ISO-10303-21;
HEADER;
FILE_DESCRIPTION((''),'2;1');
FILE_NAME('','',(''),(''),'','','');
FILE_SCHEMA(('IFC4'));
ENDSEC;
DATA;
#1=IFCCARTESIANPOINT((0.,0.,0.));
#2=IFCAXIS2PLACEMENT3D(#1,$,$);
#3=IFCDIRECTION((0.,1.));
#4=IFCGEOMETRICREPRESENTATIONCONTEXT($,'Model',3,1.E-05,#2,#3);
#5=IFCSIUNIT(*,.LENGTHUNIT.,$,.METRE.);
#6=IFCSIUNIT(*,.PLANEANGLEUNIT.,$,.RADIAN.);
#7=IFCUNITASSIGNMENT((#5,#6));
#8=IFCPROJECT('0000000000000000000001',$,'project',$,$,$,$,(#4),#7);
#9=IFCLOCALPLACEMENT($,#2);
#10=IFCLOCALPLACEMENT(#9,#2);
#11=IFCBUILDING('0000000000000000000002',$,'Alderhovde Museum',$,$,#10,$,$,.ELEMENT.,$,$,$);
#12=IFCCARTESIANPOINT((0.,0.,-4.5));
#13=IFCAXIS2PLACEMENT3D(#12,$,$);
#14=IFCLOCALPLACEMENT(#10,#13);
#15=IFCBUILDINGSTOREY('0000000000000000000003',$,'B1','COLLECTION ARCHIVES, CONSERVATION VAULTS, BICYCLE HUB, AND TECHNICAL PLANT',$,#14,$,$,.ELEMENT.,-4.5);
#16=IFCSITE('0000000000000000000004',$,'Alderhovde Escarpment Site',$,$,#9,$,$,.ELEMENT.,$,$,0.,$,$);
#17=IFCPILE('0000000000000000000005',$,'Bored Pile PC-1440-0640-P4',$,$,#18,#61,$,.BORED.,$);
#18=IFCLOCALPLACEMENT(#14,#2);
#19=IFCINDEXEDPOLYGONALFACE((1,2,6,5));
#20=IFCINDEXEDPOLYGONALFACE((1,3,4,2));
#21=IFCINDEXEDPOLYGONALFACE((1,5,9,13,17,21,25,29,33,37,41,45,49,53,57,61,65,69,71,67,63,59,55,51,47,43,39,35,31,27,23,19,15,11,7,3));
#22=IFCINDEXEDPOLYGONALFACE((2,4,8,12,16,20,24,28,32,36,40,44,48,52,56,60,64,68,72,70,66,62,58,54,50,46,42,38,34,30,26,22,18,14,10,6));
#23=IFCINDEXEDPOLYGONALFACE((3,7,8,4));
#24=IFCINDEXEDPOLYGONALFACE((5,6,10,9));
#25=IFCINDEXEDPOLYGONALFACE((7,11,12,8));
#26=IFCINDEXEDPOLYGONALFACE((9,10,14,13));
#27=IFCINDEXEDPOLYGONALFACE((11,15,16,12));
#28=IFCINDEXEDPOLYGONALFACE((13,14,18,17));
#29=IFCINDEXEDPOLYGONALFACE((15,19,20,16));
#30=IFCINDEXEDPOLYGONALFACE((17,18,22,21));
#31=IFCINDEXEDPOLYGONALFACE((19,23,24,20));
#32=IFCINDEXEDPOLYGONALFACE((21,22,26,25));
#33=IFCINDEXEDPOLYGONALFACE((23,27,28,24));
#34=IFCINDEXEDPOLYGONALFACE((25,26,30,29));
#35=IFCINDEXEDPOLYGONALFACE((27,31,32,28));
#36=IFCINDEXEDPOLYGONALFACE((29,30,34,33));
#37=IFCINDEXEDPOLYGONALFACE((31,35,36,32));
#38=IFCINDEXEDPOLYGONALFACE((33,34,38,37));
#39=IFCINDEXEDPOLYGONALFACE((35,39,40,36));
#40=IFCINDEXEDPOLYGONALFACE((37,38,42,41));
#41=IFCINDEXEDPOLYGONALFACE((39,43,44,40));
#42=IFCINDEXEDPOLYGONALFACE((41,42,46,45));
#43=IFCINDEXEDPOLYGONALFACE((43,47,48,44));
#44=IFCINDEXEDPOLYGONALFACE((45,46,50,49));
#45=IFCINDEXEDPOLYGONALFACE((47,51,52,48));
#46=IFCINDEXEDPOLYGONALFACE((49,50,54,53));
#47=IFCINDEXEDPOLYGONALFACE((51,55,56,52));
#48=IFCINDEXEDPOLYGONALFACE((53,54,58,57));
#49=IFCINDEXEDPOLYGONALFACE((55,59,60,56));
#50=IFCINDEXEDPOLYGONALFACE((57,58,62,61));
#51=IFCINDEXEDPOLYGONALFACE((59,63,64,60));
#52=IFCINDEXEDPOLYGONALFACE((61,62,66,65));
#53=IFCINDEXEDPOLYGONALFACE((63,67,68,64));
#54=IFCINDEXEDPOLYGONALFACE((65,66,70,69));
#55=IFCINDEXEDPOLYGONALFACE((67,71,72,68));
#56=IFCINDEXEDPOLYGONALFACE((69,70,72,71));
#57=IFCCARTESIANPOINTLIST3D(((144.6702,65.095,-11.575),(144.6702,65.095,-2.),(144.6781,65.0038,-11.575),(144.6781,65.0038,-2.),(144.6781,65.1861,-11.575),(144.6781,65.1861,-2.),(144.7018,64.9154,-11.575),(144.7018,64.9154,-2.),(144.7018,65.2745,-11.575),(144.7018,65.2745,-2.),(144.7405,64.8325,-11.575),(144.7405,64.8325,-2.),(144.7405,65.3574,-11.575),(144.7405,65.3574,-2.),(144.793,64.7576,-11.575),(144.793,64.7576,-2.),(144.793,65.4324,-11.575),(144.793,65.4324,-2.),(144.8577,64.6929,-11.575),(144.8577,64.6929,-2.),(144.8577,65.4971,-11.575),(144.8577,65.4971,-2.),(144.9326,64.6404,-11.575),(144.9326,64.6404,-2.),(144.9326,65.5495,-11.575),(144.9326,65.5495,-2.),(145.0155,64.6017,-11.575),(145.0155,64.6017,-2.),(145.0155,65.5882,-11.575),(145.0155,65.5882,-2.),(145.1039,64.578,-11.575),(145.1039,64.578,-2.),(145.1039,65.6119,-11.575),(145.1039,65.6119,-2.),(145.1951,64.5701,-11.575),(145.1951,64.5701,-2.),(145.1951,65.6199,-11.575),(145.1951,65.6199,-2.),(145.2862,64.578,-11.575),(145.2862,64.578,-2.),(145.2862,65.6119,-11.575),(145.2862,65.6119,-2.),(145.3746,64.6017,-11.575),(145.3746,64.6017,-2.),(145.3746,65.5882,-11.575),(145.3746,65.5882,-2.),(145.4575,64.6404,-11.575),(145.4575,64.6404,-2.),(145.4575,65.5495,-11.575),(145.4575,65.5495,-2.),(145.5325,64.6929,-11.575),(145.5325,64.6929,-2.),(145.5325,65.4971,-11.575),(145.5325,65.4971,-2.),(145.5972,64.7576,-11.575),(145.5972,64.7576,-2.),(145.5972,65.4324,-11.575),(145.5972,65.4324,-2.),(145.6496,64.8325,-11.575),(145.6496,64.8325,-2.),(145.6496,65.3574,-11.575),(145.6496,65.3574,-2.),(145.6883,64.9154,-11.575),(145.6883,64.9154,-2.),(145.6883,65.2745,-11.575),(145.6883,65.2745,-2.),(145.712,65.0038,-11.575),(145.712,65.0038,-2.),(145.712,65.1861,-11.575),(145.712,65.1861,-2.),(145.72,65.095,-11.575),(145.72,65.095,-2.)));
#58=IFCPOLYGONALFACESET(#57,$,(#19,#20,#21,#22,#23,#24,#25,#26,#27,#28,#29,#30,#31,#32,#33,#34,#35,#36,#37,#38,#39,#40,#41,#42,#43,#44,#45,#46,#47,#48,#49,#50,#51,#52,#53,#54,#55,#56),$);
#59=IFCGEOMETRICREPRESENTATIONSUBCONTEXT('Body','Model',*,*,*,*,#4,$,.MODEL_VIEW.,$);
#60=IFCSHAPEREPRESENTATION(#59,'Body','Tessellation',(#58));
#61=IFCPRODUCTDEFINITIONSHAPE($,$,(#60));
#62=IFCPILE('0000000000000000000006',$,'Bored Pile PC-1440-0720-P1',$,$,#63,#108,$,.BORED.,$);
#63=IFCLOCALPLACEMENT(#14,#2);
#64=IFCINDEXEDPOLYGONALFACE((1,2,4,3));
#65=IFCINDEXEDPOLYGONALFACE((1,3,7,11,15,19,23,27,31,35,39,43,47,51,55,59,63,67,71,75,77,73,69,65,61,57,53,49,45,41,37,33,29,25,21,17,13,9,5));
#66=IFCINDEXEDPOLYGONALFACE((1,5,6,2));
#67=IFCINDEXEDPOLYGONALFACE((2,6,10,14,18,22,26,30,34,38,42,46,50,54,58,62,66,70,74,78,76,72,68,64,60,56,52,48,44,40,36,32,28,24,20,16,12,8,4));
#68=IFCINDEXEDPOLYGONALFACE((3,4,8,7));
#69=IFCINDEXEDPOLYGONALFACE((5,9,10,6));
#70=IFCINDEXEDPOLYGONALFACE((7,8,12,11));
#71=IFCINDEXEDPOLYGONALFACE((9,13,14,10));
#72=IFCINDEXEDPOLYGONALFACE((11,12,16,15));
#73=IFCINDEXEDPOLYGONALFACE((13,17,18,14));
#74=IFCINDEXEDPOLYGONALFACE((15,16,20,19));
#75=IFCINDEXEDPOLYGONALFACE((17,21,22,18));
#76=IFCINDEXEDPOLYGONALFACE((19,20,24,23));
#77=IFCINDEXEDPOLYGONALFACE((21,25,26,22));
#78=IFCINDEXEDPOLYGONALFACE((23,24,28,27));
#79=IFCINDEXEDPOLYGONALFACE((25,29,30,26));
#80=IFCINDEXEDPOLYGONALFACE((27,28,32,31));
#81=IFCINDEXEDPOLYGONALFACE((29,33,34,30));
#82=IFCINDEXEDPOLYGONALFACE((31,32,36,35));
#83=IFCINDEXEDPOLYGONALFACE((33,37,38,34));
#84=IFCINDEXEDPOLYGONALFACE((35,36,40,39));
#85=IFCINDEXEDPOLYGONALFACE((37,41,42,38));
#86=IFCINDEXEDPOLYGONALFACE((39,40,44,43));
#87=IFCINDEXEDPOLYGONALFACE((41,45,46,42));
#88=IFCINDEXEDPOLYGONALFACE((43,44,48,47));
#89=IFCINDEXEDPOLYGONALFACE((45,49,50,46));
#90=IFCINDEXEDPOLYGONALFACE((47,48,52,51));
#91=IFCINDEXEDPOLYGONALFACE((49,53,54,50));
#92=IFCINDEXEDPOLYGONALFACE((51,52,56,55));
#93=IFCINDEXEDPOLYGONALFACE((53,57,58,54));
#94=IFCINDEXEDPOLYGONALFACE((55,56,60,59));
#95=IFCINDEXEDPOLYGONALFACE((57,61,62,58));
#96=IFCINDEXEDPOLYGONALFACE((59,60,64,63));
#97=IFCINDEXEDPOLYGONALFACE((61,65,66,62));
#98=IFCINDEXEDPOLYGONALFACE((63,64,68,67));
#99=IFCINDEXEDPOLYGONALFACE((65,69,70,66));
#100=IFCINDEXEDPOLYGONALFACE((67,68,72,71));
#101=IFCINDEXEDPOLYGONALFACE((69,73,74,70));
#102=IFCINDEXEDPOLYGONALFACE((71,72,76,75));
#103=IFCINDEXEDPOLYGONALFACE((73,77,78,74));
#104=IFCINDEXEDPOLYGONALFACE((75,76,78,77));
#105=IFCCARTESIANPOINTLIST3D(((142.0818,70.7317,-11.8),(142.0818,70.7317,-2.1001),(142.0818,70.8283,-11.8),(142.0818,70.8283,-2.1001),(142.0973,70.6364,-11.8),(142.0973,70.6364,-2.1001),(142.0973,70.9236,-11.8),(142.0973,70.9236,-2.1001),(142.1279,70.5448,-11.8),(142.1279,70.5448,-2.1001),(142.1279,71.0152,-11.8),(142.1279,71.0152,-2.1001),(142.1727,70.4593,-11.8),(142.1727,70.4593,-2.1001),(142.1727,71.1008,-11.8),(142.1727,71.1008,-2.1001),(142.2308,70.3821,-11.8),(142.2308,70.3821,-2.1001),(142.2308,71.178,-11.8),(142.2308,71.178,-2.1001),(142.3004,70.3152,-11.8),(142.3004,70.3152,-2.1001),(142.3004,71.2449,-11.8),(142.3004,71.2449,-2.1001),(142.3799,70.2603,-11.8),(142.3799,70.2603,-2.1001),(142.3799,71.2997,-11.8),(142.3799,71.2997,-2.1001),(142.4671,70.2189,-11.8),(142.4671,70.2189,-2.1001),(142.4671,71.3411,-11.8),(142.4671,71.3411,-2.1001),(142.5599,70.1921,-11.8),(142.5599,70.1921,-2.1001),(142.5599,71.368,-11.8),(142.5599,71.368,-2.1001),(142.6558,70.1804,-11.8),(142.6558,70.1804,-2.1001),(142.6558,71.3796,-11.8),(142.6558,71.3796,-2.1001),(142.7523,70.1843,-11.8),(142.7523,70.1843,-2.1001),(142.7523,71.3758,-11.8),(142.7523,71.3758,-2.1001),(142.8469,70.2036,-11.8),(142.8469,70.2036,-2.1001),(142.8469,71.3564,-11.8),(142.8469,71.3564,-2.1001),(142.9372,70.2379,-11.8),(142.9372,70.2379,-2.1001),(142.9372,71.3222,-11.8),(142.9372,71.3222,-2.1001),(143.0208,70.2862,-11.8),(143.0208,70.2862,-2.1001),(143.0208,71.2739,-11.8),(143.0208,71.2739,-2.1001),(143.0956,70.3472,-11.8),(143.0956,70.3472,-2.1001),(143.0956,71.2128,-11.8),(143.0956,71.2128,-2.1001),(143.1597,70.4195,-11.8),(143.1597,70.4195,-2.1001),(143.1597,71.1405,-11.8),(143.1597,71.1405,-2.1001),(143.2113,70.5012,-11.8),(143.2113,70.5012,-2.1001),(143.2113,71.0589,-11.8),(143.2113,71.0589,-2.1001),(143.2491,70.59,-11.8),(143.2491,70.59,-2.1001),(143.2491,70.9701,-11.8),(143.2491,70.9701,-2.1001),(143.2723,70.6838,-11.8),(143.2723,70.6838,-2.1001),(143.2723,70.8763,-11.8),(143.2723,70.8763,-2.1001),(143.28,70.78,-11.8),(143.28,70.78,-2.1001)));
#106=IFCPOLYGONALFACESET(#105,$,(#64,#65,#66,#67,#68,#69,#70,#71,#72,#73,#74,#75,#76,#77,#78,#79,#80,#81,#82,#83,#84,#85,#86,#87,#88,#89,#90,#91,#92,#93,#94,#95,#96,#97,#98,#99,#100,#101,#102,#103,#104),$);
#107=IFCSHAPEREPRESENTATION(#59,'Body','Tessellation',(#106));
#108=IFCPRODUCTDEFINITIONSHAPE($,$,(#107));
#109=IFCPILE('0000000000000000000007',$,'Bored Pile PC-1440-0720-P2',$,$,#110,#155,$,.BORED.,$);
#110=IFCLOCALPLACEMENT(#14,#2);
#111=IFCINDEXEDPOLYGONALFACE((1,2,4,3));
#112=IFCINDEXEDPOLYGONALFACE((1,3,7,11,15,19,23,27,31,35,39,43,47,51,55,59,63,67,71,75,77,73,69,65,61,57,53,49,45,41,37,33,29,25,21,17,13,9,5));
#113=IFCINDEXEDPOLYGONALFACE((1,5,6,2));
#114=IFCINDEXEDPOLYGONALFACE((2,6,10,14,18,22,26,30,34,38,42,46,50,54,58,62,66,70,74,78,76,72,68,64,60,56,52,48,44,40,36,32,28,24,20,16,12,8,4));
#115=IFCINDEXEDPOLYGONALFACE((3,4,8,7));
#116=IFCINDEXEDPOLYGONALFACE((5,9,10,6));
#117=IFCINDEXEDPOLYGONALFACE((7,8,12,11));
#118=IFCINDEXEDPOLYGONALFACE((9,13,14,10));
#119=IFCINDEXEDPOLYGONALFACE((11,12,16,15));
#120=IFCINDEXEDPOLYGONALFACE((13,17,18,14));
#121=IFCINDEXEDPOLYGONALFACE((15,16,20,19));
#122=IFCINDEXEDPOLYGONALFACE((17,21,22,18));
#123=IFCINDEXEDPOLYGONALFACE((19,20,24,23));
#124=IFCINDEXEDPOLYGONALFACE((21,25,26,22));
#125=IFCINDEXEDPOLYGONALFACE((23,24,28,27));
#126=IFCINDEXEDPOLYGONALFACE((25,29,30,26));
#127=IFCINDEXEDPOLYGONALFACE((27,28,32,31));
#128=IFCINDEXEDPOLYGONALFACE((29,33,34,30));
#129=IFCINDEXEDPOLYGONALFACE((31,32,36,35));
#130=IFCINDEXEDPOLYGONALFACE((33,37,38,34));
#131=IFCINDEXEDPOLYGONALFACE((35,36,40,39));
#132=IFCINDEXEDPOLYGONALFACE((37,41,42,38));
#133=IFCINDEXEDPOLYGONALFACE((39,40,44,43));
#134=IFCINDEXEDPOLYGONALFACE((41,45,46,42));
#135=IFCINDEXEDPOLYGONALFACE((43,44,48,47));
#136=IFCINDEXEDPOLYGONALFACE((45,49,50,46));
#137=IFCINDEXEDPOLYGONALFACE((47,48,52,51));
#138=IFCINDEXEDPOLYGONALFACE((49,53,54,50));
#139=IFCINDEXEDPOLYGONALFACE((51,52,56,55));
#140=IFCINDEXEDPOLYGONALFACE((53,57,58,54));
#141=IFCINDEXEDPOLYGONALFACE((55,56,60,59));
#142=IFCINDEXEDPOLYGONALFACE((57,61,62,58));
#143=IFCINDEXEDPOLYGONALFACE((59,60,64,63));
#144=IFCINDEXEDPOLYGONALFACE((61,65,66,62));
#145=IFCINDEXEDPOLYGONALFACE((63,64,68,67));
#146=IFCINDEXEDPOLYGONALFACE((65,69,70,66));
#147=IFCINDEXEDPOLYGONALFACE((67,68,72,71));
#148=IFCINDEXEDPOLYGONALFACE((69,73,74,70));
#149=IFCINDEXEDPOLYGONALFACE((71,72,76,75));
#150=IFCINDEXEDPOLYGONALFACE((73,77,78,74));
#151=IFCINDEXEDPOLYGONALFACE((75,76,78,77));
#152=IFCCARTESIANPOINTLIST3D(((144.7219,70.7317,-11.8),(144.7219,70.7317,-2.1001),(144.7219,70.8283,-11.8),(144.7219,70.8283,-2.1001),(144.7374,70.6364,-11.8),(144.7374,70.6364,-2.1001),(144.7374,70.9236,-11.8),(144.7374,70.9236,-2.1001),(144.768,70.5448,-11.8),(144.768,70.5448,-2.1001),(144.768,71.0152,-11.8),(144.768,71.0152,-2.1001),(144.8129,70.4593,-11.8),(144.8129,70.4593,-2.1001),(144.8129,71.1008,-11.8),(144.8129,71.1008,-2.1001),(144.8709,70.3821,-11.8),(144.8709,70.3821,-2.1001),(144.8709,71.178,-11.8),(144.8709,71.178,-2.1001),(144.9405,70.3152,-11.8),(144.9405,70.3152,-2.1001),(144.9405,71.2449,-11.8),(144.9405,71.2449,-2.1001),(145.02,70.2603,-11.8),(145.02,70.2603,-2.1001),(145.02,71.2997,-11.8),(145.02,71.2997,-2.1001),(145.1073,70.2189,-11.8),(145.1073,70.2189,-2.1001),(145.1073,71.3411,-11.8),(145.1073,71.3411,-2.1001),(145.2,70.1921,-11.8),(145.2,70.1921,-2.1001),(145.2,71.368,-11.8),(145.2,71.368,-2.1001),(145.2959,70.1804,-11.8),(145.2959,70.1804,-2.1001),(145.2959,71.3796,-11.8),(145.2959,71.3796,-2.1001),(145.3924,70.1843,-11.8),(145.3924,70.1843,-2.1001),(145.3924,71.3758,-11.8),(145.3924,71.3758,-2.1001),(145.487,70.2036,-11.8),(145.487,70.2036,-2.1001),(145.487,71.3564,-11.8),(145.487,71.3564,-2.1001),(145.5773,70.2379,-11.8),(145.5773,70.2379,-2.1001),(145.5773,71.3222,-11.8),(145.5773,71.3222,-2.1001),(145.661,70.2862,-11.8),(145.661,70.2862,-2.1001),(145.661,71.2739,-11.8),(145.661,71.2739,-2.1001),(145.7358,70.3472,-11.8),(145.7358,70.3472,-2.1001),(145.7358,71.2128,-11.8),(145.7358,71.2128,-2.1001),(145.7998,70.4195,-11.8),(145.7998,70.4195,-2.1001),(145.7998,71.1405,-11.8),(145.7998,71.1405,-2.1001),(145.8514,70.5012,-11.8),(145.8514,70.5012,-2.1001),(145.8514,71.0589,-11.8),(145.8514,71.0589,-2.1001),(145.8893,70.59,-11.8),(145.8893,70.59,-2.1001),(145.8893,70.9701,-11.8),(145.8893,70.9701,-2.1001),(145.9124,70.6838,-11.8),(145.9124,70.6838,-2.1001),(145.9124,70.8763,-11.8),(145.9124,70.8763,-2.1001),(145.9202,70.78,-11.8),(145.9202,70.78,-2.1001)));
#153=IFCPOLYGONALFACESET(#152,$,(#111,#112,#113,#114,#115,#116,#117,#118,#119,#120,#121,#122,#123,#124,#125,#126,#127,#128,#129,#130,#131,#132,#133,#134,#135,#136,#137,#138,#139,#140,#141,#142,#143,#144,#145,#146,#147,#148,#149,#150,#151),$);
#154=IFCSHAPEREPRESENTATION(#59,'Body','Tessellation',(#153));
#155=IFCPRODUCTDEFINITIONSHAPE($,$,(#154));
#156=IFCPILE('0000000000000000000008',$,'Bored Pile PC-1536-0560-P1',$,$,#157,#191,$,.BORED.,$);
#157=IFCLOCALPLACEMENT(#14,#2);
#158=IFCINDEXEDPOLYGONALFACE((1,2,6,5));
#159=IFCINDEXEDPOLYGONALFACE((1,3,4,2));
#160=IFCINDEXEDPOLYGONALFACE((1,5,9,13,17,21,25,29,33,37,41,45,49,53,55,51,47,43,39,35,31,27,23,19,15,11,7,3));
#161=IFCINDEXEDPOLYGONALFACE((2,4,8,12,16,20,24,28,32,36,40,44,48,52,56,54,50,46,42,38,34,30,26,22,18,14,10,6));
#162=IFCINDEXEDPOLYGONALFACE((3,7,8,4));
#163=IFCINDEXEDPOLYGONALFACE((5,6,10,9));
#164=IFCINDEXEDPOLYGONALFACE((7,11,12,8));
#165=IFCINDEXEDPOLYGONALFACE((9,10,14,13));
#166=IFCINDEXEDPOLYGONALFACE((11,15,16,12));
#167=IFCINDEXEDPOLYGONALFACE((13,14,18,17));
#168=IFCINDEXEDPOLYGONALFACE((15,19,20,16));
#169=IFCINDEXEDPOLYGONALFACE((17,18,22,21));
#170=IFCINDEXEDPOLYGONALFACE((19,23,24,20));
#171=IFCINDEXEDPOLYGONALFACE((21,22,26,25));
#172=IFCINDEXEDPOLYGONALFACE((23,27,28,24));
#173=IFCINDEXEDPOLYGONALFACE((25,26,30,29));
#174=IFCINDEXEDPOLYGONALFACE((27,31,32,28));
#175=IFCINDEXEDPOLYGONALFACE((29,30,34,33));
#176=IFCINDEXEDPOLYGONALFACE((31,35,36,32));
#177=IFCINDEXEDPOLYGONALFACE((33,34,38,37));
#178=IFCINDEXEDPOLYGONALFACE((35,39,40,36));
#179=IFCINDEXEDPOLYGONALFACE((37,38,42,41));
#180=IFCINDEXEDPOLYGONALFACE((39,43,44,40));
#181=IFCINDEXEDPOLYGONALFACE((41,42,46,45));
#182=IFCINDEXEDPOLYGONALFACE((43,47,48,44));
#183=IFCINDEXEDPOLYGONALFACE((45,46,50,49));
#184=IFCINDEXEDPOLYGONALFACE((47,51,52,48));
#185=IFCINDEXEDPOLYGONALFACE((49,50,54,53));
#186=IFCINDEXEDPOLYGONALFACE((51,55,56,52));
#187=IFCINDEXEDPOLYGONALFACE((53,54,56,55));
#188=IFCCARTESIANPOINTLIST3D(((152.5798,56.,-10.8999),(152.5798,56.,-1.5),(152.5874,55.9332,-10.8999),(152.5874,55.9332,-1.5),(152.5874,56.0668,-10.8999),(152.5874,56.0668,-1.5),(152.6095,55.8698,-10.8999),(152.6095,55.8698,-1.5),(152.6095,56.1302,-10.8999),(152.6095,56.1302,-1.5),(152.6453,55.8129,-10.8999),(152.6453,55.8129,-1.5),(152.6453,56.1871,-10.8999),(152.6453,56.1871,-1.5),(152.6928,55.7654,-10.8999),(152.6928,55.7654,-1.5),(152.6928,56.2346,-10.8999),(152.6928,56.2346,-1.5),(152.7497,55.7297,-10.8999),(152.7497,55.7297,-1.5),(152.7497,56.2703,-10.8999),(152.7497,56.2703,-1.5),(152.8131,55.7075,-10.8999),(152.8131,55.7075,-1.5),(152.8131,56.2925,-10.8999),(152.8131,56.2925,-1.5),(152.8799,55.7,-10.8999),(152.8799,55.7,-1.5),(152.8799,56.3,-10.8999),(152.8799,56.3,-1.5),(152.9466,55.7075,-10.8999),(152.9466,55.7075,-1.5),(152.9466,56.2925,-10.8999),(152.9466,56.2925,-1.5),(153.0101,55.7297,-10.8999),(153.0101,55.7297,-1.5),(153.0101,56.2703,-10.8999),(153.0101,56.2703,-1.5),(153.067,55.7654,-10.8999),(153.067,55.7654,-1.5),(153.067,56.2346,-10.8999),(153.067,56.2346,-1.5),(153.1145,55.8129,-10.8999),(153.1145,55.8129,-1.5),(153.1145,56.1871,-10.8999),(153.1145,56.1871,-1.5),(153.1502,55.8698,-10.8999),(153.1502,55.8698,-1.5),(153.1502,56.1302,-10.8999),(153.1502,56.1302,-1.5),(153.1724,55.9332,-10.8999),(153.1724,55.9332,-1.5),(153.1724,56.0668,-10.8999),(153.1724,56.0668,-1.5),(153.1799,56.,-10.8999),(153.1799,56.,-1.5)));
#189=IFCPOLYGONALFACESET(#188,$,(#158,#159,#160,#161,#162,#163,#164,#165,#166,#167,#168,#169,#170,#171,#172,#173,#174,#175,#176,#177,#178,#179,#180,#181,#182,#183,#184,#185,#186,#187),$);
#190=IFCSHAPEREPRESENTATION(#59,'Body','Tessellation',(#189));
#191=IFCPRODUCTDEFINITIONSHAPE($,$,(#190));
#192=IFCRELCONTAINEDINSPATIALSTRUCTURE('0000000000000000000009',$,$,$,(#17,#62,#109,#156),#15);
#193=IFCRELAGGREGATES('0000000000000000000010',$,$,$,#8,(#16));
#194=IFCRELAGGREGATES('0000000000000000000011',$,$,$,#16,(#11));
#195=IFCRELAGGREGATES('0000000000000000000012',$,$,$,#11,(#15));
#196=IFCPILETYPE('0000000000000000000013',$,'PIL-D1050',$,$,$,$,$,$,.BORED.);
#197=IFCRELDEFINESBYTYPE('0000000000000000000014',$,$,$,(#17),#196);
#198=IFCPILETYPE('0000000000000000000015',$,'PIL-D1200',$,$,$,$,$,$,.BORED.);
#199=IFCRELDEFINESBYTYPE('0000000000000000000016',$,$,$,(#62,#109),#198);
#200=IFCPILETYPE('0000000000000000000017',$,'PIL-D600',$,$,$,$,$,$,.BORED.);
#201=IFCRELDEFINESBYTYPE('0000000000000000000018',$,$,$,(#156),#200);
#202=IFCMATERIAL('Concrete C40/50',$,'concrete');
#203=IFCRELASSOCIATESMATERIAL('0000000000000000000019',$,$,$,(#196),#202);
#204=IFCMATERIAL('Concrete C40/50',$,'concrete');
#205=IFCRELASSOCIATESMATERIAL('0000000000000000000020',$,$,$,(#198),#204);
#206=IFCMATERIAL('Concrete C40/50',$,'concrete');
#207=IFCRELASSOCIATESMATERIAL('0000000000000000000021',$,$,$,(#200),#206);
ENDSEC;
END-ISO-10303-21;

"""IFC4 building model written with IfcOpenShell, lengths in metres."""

from ifc_helpers import new_model, si_unit, direction, frame, origin, origin_2d, place, context, subcontext, project, spatial, circle, extrude, material, material_profile, profile_set, type_object, element, save


model = new_model("IFC4")

# Units and contexts
model_context = context("Model", 3, precision=1e-05, world=origin(), true_north=direction((0.0, 1.0)))
body_context = subcontext(model_context, "Body", "Model", "MODEL_VIEW")
ifc_project = project(units=[si_unit("LENGTHUNIT", "METRE"), si_unit("PLANEANGLEUNIT", "RADIAN")], contexts=[model_context])

# Site, building, storey
site_placement = place(None, origin())
site = spatial("IfcSite", under=ifc_project, at=site_placement, Name="Alderhovde Escarpment Site", CompositionType="ELEMENT", RefElevation=0.0)
building_placement = place(site_placement, origin())
building = spatial("IfcBuilding", under=site, at=building_placement, Name="Alderhovde Museum", CompositionType="ELEMENT")
storey_placement = place(building_placement, frame((0.0, 0.0, -4.5)))
storey = spatial("IfcBuildingStorey", under=building, at=storey_placement, Name="B1", Description="COLLECTION ARCHIVES, CONSERVATION VAULTS, BICYCLE HUB, AND TECHNICAL PLANT", CompositionType="ELEMENT", Elevation=-4.5)

# Piles
ifc_material_1 = material(Name="Concrete C40/50", Category="concrete")
ifc_material_profile_1 = material_profile(ifc_material_1, circle(Radius=0.5249, at=origin_2d()), Name="PILE-D1050")
ifc_profile_set_1 = profile_set([ifc_material_profile_1], Name="Concrete C40/50")
pile_type_1 = type_object("IfcPileType", Name="PIL-D1050", PredefinedType="BORED", material=ifc_profile_set_1)
for number, where, z_axis, x_axis, name in (
    (1, (145.1951, 65.095, -2.0), (0.0, 0.0, -1.0), (1.0, 0.0, 0.0), "Bored Pile PC-1440-0640-P4"),
):
    element("IfcPile", number, at=place(storey_placement, frame(where, z_axis=z_axis, x_axis=x_axis)), inside=storey, type_object=pile_type_1, Name=name, PredefinedType="BORED", context=body_context, shape_type="SweptSolid", body=[
        extrude(circle(Radius=0.5249, at=origin_2d()), origin(), (0.0, 0.0, 1.0), 9.575),
    ])
ifc_material_2 = material(Name="Concrete C40/50", Category="concrete")
ifc_material_profile_2 = material_profile(ifc_material_2, circle(Radius=0.6001, at=origin_2d()), Name="PILE-D1200")
ifc_profile_set_2 = profile_set([ifc_material_profile_2], Name="Concrete C40/50")
pile_type_2 = type_object("IfcPileType", Name="PIL-D1200", PredefinedType="BORED", material=ifc_profile_set_2)
for number, where, z_axis, x_axis, name in (
    (2, (142.6799, 70.78, -2.1001), (0.0, 0.0, -1.0), (1.0, 0.0, 0.0), "Bored Pile PC-1440-0720-P1"),
    (3, (145.3201, 70.78, -2.1001), (0.0, 0.0, -1.0), (1.0, 0.0, 0.0), "Bored Pile PC-1440-0720-P2"),
):
    element("IfcPile", number, at=place(storey_placement, frame(where, z_axis=z_axis, x_axis=x_axis)), inside=storey, type_object=pile_type_2, Name=name, PredefinedType="BORED", context=body_context, shape_type="SweptSolid", body=[
        extrude(circle(Radius=0.6001, at=origin_2d()), origin(), (0.0, 0.0, 1.0), 9.7),
    ])
ifc_material_3 = material(Name="Concrete C40/50", Category="concrete")
ifc_material_profile_3 = material_profile(ifc_material_3, circle(Radius=0.3, at=origin_2d()), Name="PILE-D600")
ifc_profile_set_3 = profile_set([ifc_material_profile_3], Name="Concrete C40/50")
pile_type_3 = type_object("IfcPileType", Name="PIL-D600", PredefinedType="BORED", material=ifc_profile_set_3)
pile_1_placement = place(storey_placement, frame((152.8799, 56.0, -1.5), z_axis=(0.0, 0.0, -1.0), x_axis=(1.0, 0.0, 0.0)))
element("IfcPile", 4, at=pile_1_placement, inside=storey, type_object=pile_type_3, Name="Bored Pile PC-1536-0560-P1", PredefinedType="BORED", context=body_context, shape_type="SweptSolid", body=[
    extrude(circle(Radius=0.3, at=origin_2d()), origin(), (0.0, 0.0, 1.0), 9.3999),
])

save(model, "model.ifc")
